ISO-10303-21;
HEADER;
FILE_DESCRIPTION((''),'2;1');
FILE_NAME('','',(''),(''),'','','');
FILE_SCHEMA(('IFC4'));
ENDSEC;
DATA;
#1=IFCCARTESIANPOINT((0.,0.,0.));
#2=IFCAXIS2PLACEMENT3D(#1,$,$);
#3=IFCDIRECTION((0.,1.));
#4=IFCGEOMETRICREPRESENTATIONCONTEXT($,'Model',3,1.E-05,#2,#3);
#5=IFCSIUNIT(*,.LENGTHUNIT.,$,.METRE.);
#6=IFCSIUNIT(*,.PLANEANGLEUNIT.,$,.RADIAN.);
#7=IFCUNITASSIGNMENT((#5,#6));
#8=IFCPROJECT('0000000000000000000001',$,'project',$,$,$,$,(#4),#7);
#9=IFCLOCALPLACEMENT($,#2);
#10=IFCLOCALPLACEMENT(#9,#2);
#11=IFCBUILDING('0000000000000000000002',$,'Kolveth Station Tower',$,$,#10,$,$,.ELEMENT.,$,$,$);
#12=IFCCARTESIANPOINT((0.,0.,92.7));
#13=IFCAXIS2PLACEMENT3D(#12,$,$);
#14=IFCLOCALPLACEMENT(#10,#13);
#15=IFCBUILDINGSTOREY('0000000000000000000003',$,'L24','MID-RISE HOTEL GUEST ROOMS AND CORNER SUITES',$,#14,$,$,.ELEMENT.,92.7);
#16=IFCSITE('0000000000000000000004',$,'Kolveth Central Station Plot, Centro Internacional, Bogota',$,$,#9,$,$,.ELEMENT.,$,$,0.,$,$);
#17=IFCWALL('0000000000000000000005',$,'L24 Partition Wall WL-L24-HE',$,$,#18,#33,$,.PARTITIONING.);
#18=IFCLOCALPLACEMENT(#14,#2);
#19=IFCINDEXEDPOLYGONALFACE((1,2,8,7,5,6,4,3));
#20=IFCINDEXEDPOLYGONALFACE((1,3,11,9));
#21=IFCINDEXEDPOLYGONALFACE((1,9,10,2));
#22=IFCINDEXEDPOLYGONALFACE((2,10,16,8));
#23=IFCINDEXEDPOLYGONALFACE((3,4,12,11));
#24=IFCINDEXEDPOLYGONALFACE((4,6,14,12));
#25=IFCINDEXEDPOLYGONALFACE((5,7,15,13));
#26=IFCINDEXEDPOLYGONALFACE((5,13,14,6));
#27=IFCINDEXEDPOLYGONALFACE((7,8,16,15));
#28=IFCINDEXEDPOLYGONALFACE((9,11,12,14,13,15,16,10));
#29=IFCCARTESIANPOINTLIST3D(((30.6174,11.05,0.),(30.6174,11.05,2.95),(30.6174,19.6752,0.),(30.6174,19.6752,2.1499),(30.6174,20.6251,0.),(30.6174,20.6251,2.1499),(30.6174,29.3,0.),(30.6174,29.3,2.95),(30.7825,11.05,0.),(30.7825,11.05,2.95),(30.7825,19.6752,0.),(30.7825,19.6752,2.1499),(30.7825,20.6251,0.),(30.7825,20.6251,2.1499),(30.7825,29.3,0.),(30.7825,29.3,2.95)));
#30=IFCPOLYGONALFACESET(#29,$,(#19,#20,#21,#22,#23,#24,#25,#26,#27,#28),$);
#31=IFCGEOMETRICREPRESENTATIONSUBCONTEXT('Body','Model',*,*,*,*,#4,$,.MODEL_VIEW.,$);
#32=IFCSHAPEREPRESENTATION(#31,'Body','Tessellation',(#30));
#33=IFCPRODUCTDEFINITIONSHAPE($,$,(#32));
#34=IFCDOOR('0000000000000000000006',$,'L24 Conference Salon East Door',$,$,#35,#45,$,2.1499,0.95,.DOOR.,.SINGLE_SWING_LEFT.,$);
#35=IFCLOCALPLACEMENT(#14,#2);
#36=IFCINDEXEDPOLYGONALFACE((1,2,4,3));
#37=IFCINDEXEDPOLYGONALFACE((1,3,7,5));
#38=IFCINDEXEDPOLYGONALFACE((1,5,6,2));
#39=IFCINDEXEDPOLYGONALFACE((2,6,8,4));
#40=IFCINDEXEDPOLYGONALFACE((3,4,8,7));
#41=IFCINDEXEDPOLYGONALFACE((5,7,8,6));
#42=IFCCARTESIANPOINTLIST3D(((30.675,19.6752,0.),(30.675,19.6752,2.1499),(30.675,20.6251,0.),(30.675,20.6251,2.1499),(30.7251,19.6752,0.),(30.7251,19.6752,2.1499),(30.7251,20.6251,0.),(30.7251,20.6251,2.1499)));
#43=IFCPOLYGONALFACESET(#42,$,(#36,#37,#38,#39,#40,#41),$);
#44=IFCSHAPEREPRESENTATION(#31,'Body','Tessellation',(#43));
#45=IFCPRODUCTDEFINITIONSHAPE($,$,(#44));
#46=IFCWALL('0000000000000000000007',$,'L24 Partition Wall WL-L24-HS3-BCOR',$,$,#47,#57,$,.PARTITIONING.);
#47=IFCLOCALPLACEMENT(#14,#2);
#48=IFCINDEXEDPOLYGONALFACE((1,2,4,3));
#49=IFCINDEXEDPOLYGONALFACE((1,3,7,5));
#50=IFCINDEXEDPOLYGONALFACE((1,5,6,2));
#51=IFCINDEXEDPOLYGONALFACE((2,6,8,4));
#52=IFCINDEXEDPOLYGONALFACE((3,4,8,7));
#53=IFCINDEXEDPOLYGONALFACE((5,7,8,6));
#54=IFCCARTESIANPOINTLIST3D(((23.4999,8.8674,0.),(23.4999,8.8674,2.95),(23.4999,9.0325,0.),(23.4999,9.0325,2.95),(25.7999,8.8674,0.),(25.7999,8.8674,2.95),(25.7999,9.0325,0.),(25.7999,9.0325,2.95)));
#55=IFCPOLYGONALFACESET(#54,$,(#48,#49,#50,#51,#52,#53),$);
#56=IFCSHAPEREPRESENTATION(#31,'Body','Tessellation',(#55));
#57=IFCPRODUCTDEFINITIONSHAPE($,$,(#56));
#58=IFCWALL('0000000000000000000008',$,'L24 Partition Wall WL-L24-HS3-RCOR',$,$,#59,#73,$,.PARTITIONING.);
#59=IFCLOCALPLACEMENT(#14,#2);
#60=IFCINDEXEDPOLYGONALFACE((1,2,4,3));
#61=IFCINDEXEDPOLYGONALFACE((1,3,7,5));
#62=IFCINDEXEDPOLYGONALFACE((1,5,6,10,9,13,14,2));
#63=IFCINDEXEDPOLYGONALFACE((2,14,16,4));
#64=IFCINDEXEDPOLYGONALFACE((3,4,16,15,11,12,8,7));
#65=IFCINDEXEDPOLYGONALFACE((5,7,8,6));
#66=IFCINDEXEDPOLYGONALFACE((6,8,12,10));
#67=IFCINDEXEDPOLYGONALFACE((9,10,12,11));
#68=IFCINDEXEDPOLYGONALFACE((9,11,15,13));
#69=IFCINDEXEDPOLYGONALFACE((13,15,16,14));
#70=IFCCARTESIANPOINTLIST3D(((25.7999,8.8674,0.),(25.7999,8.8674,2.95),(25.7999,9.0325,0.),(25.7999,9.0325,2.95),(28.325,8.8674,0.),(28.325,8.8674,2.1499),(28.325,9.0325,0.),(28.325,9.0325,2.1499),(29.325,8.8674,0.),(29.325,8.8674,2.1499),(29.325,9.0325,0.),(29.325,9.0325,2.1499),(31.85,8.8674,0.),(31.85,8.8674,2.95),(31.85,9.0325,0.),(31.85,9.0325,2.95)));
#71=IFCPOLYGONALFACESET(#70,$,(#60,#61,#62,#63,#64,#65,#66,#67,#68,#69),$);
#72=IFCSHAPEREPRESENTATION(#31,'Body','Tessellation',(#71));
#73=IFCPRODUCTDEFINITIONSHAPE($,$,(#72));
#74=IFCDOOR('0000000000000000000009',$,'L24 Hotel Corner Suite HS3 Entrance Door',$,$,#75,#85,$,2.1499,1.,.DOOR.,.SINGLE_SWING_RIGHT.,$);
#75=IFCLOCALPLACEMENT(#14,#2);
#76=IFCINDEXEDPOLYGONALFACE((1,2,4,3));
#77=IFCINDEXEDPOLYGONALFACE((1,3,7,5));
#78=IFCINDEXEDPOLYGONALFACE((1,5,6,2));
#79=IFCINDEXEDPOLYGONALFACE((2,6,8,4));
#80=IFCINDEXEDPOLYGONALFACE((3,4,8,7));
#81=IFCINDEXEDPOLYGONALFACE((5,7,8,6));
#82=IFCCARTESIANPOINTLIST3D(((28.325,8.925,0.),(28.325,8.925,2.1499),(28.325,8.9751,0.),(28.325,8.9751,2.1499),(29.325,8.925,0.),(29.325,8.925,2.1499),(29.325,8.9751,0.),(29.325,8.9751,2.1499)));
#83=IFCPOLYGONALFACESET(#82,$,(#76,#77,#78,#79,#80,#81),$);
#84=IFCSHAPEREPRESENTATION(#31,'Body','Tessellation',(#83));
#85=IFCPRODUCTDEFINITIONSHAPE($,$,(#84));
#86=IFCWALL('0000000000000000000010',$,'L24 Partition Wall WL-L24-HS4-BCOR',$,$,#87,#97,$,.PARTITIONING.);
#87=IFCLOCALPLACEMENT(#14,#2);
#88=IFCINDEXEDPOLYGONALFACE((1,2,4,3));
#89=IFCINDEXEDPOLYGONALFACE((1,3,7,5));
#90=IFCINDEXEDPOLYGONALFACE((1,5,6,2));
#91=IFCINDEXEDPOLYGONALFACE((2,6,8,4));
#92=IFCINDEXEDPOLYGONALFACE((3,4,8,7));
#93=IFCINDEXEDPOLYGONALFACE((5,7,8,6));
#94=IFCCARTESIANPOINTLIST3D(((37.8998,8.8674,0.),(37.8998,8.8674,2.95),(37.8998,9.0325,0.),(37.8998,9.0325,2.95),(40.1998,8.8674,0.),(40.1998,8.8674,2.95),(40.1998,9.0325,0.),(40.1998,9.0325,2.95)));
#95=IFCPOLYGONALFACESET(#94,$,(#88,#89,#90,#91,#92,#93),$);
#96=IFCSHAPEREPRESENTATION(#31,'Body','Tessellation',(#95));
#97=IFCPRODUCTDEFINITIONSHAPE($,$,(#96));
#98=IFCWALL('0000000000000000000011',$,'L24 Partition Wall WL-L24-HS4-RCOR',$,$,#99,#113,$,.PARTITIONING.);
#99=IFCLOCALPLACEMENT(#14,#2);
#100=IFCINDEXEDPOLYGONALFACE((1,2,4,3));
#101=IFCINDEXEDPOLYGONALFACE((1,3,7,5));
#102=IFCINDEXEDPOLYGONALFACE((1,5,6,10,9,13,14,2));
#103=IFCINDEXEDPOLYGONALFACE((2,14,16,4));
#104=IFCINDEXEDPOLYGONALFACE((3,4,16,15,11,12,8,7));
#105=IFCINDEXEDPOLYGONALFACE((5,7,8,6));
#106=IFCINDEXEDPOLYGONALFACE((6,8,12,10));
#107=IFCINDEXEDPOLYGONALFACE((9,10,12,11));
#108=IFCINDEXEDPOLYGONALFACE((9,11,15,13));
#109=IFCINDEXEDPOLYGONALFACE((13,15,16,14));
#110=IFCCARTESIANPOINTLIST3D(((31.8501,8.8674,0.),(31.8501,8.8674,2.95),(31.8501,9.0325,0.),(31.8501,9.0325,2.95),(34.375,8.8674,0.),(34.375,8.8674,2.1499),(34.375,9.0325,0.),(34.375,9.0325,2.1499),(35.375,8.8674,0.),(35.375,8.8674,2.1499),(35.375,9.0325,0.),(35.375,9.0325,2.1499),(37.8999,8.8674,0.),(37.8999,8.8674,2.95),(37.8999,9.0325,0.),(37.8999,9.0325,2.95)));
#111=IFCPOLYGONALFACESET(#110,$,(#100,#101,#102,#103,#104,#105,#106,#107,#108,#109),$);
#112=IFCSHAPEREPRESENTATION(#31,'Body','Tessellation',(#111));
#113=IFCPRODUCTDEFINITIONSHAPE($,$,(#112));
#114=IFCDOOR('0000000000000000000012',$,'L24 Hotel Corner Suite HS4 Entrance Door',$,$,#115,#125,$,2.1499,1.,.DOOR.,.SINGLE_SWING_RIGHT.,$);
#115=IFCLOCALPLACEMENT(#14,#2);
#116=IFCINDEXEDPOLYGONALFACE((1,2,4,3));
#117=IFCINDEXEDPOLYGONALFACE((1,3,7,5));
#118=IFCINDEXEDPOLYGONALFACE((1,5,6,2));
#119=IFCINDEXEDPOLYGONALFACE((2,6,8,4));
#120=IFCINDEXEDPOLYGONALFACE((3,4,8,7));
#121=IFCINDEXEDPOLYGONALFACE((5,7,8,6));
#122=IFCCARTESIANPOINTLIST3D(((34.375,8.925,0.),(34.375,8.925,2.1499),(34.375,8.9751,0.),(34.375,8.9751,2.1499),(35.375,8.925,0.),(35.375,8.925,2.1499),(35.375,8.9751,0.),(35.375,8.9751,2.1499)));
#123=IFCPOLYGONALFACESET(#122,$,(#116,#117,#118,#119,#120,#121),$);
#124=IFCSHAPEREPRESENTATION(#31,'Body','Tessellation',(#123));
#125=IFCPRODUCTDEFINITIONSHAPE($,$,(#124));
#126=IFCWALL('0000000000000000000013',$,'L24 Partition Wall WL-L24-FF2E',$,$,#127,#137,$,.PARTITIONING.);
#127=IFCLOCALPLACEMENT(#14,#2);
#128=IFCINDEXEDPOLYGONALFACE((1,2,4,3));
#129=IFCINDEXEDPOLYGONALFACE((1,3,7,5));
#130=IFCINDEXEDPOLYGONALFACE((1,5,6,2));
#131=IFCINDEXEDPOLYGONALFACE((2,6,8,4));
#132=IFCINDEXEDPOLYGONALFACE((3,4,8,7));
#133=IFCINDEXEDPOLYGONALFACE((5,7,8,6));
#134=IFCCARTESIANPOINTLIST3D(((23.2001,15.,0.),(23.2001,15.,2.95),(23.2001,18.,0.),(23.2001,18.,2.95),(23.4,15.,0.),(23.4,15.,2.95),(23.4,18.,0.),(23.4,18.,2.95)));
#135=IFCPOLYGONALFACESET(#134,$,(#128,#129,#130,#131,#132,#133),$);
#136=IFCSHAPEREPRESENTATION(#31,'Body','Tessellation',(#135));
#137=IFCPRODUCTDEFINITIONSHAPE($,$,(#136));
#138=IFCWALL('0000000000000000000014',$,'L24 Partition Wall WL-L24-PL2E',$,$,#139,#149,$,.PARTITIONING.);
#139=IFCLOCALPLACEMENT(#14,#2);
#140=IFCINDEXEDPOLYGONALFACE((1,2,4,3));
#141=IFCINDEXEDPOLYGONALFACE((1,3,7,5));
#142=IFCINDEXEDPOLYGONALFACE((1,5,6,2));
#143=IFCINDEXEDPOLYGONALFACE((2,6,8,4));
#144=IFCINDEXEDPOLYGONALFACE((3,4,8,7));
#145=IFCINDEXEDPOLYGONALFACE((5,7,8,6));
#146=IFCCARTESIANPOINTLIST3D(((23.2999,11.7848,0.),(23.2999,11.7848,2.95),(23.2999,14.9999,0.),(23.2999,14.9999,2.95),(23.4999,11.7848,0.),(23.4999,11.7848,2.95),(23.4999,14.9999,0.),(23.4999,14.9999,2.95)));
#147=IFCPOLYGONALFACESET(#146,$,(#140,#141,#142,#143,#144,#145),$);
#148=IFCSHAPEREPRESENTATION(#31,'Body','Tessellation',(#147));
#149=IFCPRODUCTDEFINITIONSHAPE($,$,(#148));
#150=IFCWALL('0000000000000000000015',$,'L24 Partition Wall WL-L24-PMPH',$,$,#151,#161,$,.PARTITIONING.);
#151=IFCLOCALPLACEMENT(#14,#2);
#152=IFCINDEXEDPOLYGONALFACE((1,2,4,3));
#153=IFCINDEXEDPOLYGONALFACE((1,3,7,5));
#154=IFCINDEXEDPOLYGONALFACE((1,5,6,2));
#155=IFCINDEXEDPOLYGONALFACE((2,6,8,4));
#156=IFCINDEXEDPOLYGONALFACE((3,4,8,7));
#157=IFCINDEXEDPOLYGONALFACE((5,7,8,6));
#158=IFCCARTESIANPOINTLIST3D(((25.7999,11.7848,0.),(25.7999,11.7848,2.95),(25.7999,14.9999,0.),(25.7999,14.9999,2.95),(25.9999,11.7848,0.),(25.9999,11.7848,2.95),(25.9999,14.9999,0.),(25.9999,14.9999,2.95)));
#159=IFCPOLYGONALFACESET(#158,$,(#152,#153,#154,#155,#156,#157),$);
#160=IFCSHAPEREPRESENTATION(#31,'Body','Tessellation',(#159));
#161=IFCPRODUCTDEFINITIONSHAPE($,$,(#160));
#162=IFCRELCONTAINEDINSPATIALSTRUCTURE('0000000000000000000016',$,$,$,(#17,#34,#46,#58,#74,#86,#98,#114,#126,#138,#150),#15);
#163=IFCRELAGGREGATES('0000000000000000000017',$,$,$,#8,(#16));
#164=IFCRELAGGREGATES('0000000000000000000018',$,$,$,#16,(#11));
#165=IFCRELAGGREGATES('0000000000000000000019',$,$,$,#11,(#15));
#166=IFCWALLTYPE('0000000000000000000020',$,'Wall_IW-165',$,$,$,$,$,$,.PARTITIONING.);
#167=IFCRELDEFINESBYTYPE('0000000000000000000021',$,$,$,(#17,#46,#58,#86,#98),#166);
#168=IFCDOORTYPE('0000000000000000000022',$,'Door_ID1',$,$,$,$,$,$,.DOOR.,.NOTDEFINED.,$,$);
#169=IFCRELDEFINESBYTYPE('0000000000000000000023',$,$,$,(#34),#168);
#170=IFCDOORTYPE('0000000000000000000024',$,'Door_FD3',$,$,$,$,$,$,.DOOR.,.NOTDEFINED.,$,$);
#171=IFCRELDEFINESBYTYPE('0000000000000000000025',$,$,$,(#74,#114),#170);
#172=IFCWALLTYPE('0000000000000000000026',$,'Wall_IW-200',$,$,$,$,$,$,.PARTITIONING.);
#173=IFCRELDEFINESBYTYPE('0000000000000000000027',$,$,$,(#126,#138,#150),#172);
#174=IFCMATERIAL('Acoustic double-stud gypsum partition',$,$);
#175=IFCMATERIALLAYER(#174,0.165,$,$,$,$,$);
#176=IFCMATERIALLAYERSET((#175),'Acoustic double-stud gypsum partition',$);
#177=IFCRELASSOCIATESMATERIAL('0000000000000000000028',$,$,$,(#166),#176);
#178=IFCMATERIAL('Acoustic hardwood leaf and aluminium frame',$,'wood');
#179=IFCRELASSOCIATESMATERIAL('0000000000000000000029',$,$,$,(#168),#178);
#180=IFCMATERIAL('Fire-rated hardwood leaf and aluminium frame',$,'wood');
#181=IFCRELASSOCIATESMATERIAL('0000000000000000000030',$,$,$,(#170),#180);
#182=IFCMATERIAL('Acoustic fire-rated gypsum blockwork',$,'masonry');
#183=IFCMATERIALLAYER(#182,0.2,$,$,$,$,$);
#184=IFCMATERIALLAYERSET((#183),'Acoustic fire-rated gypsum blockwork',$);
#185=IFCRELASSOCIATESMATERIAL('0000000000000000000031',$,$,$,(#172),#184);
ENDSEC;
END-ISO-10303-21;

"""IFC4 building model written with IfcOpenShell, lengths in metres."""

from ifc_helpers import new_model, si_unit, direction, frame, frame_2d, origin, place, context, subcontext, project, spatial, rectangle, extrude, material, layer, layer_set, type_object, element, fill, save


model = new_model("IFC4")

# Units and contexts
model_context = context("Model", 3, precision=1e-05, world=origin(), true_north=direction((0.0, 1.0)))
body_context = subcontext(model_context, "Body", "Model", "MODEL_VIEW")
ifc_project = project(units=[si_unit("LENGTHUNIT", "METRE"), si_unit("PLANEANGLEUNIT", "RADIAN")], contexts=[model_context])

# Site, building, storey
site_placement = place(None, origin())
site = spatial("IfcSite", under=ifc_project, at=site_placement, Name="Kolveth Central Station Plot, Centro Internacional, Bogota", CompositionType="ELEMENT", RefElevation=0.0)
building_placement = place(site_placement, origin())
building = spatial("IfcBuilding", under=site, at=building_placement, Name="Kolveth Station Tower", CompositionType="ELEMENT")
storey_placement = place(building_placement, frame((0.0, 0.0, 92.7)))
storey = spatial("IfcBuildingStorey", under=building, at=storey_placement, Name="L24", Description="MID-RISE HOTEL GUEST ROOMS AND CORNER SUITES", CompositionType="ELEMENT", Elevation=92.7)

# Shared definitions
ifc_material_1 = material(Name="Acoustic double-stud gypsum partition")
ifc_layer_1 = layer(ifc_material_1, 0.165)
ifc_layer_set_1 = layer_set([ifc_layer_1], Name="Acoustic double-stud gypsum partition")
wall_type_1 = type_object("IfcWallType", Name="Wall_IW-165", PredefinedType="PARTITIONING", material=ifc_layer_set_1)

# Wall, opening, door
wall_1_placement = place(storey_placement, frame((30.7, 11.05, 0.0), z_axis=(0.0, 0.0, 1.0), x_axis=(0.0, 1.0, 0.0)))
wall_1 = element("IfcWall", 1, at=wall_1_placement, inside=storey, type_object=wall_type_1, Name="L24 Partition Wall WL-L24-HE", PredefinedType="PARTITIONING", context=body_context, shape_type="SweptSolid", body=[
    extrude(rectangle(XDim=18.25, YDim=0.165, at=frame_2d((9.125, 0.0))), origin(), (0.0, 0.0, 1.0), 2.95),
])
opening_1_placement = place(wall_1_placement, frame((8.625, 0.0, 0.0)))
opening_1 = element("IfcOpeningElement", 2, at=opening_1_placement, cuts=wall_1, PredefinedType="OPENING", context=body_context, shape_type="SweptSolid", body=[
    extrude(rectangle(XDim=0.95, YDim=2.1499, at=frame_2d((0.4751, 1.075))), frame((0.0, 0.0925, 0.0), z_axis=(0.0, -1.0, 0.0), x_axis=(1.0, 0.0, 0.0)), (0.0, 0.0, 1.0), 0.1851),
])
ifc_material_2 = material(Name="Acoustic hardwood leaf and aluminium frame", Category="wood")
door_type_1 = type_object("IfcDoorType", Name="Door_ID1", OperationType="NOTDEFINED", PredefinedType="DOOR", material=ifc_material_2)
door_1_placement = place(opening_1_placement, origin())
door_1 = element("IfcDoor", 3, at=door_1_placement, inside=storey, type_object=door_type_1, Name="L24 Conference Salon East Door", OperationType="SINGLE_SWING_LEFT", OverallHeight=2.1499, OverallWidth=0.95, PredefinedType="DOOR", context=body_context, shape_type="SweptSolid", body=[
    extrude(rectangle(XDim=0.95, YDim=2.1499, at=frame_2d((0.4751, 1.075))), frame((0.0, 0.0249, 0.0), z_axis=(0.0, -1.0, 0.0), x_axis=(1.0, 0.0, 0.0)), (0.0, 0.0, 1.0), 0.05),
])
fill(opening_1, door_1)

# Wall
wall_2_placement = place(storey_placement, frame((23.5, 8.95, 0.0), z_axis=(0.0, 0.0, 1.0), x_axis=(1.0, 0.0, 0.0)))
element("IfcWall", 4, at=wall_2_placement, inside=storey, type_object=wall_type_1, Name="L24 Partition Wall WL-L24-HS3-BCOR", PredefinedType="PARTITIONING", context=body_context, shape_type="SweptSolid", body=[
    extrude(rectangle(XDim=2.3, YDim=0.165, at=frame_2d((1.1499, 0.0))), origin(), (0.0, 0.0, 1.0), 2.95),
])

# Wall, opening, door
wall_3_placement = place(storey_placement, frame((25.8, 8.95, 0.0), z_axis=(0.0, 0.0, 1.0), x_axis=(1.0, 0.0, 0.0)))
wall_3 = element("IfcWall", 5, at=wall_3_placement, inside=storey, type_object=wall_type_1, Name="L24 Partition Wall WL-L24-HS3-RCOR", PredefinedType="PARTITIONING", context=body_context, shape_type="SweptSolid", body=[
    extrude(rectangle(XDim=6.05, YDim=0.165, at=frame_2d((3.0249, 0.0))), origin(), (0.0, 0.0, 1.0), 2.95),
])
opening_2_placement = place(wall_3_placement, frame((2.5249, 0.0, 0.0)))
opening_2 = element("IfcOpeningElement", 6, at=opening_2_placement, cuts=wall_3, PredefinedType="OPENING", context=body_context, shape_type="SweptSolid", body=[
    extrude(rectangle(XDim=1.0, YDim=2.1499, at=frame_2d((0.5, 1.075))), frame((0.0, 0.0925, 0.0), z_axis=(0.0, -1.0, 0.0), x_axis=(1.0, 0.0, 0.0)), (0.0, 0.0, 1.0), 0.1851),
])
ifc_material_3 = material(Name="Fire-rated hardwood leaf and aluminium frame", Category="wood")
door_type_2 = type_object("IfcDoorType", Name="Door_FD3", OperationType="NOTDEFINED", PredefinedType="DOOR", material=ifc_material_3)
door_2_placement = place(opening_2_placement, frame((1.0, 0.0, 0.0), z_axis=(0.0, 0.0, 1.0), x_axis=(-1.0, 0.0, 0.0)))
door_2 = element("IfcDoor", 7, at=door_2_placement, inside=storey, type_object=door_type_2, Name="L24 Hotel Corner Suite HS3 Entrance Door", OperationType="SINGLE_SWING_RIGHT", OverallHeight=2.1499, OverallWidth=1.0, PredefinedType="DOOR", context=body_context, shape_type="SweptSolid", body=[
    extrude(rectangle(XDim=1.0, YDim=2.1499, at=frame_2d((0.5, 1.075))), frame((0.0, 0.0249, 0.0), z_axis=(0.0, -1.0, 0.0), x_axis=(1.0, 0.0, 0.0)), (0.0, 0.0, 1.0), 0.05),
])
fill(opening_2, door_2)

# Wall
wall_4_placement = place(storey_placement, frame((37.8999, 8.95, 0.0), z_axis=(0.0, 0.0, 1.0), x_axis=(1.0, 0.0, 0.0)))
element("IfcWall", 8, at=wall_4_placement, inside=storey, type_object=wall_type_1, Name="L24 Partition Wall WL-L24-HS4-BCOR", PredefinedType="PARTITIONING", context=body_context, shape_type="SweptSolid", body=[
    extrude(rectangle(XDim=2.3, YDim=0.165, at=frame_2d((1.1499, 0.0))), origin(), (0.0, 0.0, 1.0), 2.95),
])

# Wall, opening, door
wall_5_placement = place(storey_placement, frame((31.8501, 8.95, 0.0), z_axis=(0.0, 0.0, 1.0), x_axis=(1.0, 0.0, 0.0)))
wall_5 = element("IfcWall", 9, at=wall_5_placement, inside=storey, type_object=wall_type_1, Name="L24 Partition Wall WL-L24-HS4-RCOR", PredefinedType="PARTITIONING", context=body_context, shape_type="SweptSolid", body=[
    extrude(rectangle(XDim=6.0498, YDim=0.165, at=frame_2d((3.0249, 0.0))), origin(), (0.0, 0.0, 1.0), 2.95),
])
opening_3_placement = place(wall_5_placement, frame((2.5249, 0.0, 0.0)))
opening_3 = element("IfcOpeningElement", 10, at=opening_3_placement, cuts=wall_5, PredefinedType="OPENING", context=body_context, shape_type="SweptSolid", body=[
    extrude(rectangle(XDim=1.0, YDim=2.1499, at=frame_2d((0.5, 1.075))), frame((0.0, 0.0925, 0.0), z_axis=(0.0, -1.0, 0.0), x_axis=(1.0, 0.0, 0.0)), (0.0, 0.0, 1.0), 0.1851),
])
door_3_placement = place(opening_3_placement, frame((1.0, 0.0, 0.0), z_axis=(0.0, 0.0, 1.0), x_axis=(-1.0, 0.0, 0.0)))
door_3 = element("IfcDoor", 11, at=door_3_placement, inside=storey, type_object=door_type_2, Name="L24 Hotel Corner Suite HS4 Entrance Door", OperationType="SINGLE_SWING_RIGHT", OverallHeight=2.1499, OverallWidth=1.0, PredefinedType="DOOR", context=body_context, shape_type="SweptSolid", body=[
    extrude(rectangle(XDim=1.0, YDim=2.1499, at=frame_2d((0.5, 1.075))), frame((0.0, 0.0249, 0.0), z_axis=(0.0, -1.0, 0.0), x_axis=(1.0, 0.0, 0.0)), (0.0, 0.0, 1.0), 0.05),
])
fill(opening_3, door_3)

# Walls
ifc_material_4 = material(Name="Acoustic fire-rated gypsum blockwork", Category="masonry")
ifc_layer_2 = layer(ifc_material_4, 0.2)
ifc_layer_set_2 = layer_set([ifc_layer_2], Name="Acoustic fire-rated gypsum blockwork")
wall_type_2 = type_object("IfcWallType", Name="Wall_IW-200", PredefinedType="PARTITIONING", material=ifc_layer_set_2)
wall_6_placement = place(storey_placement, frame((23.3, 15.0, 0.0), z_axis=(0.0, 0.0, 1.0), x_axis=(0.0, 1.0, 0.0)))
element("IfcWall", 12, at=wall_6_placement, inside=storey, type_object=wall_type_2, Name="L24 Partition Wall WL-L24-FF2E", PredefinedType="PARTITIONING", context=body_context, shape_type="SweptSolid", body=[
    extrude(rectangle(XDim=3.0, YDim=0.2, at=frame_2d((1.5, 0.0))), origin(), (0.0, 0.0, 1.0), 2.95),
])
for number, where, z_axis, x_axis, name in (
    (13, (23.3999, 11.7849, 0.0), (0.0, 0.0, 1.0), (0.0, 1.0, 0.0), "L24 Partition Wall WL-L24-PL2E"),
    (14, (25.8999, 11.7849, 0.0), (0.0, 0.0, 1.0), (0.0, 1.0, 0.0), "L24 Partition Wall WL-L24-PMPH"),
):
    element("IfcWall", number, at=place(storey_placement, frame(where, z_axis=z_axis, x_axis=x_axis)), inside=storey, type_object=wall_type_2, Name=name, PredefinedType="PARTITIONING", context=body_context, shape_type="SweptSolid", body=[
        extrude(rectangle(XDim=3.2151, YDim=0.2, at=frame_2d((1.6074, 0.0))), origin(), (0.0, 0.0, 1.0), 2.95),
    ])

save(model, "model.ifc")
